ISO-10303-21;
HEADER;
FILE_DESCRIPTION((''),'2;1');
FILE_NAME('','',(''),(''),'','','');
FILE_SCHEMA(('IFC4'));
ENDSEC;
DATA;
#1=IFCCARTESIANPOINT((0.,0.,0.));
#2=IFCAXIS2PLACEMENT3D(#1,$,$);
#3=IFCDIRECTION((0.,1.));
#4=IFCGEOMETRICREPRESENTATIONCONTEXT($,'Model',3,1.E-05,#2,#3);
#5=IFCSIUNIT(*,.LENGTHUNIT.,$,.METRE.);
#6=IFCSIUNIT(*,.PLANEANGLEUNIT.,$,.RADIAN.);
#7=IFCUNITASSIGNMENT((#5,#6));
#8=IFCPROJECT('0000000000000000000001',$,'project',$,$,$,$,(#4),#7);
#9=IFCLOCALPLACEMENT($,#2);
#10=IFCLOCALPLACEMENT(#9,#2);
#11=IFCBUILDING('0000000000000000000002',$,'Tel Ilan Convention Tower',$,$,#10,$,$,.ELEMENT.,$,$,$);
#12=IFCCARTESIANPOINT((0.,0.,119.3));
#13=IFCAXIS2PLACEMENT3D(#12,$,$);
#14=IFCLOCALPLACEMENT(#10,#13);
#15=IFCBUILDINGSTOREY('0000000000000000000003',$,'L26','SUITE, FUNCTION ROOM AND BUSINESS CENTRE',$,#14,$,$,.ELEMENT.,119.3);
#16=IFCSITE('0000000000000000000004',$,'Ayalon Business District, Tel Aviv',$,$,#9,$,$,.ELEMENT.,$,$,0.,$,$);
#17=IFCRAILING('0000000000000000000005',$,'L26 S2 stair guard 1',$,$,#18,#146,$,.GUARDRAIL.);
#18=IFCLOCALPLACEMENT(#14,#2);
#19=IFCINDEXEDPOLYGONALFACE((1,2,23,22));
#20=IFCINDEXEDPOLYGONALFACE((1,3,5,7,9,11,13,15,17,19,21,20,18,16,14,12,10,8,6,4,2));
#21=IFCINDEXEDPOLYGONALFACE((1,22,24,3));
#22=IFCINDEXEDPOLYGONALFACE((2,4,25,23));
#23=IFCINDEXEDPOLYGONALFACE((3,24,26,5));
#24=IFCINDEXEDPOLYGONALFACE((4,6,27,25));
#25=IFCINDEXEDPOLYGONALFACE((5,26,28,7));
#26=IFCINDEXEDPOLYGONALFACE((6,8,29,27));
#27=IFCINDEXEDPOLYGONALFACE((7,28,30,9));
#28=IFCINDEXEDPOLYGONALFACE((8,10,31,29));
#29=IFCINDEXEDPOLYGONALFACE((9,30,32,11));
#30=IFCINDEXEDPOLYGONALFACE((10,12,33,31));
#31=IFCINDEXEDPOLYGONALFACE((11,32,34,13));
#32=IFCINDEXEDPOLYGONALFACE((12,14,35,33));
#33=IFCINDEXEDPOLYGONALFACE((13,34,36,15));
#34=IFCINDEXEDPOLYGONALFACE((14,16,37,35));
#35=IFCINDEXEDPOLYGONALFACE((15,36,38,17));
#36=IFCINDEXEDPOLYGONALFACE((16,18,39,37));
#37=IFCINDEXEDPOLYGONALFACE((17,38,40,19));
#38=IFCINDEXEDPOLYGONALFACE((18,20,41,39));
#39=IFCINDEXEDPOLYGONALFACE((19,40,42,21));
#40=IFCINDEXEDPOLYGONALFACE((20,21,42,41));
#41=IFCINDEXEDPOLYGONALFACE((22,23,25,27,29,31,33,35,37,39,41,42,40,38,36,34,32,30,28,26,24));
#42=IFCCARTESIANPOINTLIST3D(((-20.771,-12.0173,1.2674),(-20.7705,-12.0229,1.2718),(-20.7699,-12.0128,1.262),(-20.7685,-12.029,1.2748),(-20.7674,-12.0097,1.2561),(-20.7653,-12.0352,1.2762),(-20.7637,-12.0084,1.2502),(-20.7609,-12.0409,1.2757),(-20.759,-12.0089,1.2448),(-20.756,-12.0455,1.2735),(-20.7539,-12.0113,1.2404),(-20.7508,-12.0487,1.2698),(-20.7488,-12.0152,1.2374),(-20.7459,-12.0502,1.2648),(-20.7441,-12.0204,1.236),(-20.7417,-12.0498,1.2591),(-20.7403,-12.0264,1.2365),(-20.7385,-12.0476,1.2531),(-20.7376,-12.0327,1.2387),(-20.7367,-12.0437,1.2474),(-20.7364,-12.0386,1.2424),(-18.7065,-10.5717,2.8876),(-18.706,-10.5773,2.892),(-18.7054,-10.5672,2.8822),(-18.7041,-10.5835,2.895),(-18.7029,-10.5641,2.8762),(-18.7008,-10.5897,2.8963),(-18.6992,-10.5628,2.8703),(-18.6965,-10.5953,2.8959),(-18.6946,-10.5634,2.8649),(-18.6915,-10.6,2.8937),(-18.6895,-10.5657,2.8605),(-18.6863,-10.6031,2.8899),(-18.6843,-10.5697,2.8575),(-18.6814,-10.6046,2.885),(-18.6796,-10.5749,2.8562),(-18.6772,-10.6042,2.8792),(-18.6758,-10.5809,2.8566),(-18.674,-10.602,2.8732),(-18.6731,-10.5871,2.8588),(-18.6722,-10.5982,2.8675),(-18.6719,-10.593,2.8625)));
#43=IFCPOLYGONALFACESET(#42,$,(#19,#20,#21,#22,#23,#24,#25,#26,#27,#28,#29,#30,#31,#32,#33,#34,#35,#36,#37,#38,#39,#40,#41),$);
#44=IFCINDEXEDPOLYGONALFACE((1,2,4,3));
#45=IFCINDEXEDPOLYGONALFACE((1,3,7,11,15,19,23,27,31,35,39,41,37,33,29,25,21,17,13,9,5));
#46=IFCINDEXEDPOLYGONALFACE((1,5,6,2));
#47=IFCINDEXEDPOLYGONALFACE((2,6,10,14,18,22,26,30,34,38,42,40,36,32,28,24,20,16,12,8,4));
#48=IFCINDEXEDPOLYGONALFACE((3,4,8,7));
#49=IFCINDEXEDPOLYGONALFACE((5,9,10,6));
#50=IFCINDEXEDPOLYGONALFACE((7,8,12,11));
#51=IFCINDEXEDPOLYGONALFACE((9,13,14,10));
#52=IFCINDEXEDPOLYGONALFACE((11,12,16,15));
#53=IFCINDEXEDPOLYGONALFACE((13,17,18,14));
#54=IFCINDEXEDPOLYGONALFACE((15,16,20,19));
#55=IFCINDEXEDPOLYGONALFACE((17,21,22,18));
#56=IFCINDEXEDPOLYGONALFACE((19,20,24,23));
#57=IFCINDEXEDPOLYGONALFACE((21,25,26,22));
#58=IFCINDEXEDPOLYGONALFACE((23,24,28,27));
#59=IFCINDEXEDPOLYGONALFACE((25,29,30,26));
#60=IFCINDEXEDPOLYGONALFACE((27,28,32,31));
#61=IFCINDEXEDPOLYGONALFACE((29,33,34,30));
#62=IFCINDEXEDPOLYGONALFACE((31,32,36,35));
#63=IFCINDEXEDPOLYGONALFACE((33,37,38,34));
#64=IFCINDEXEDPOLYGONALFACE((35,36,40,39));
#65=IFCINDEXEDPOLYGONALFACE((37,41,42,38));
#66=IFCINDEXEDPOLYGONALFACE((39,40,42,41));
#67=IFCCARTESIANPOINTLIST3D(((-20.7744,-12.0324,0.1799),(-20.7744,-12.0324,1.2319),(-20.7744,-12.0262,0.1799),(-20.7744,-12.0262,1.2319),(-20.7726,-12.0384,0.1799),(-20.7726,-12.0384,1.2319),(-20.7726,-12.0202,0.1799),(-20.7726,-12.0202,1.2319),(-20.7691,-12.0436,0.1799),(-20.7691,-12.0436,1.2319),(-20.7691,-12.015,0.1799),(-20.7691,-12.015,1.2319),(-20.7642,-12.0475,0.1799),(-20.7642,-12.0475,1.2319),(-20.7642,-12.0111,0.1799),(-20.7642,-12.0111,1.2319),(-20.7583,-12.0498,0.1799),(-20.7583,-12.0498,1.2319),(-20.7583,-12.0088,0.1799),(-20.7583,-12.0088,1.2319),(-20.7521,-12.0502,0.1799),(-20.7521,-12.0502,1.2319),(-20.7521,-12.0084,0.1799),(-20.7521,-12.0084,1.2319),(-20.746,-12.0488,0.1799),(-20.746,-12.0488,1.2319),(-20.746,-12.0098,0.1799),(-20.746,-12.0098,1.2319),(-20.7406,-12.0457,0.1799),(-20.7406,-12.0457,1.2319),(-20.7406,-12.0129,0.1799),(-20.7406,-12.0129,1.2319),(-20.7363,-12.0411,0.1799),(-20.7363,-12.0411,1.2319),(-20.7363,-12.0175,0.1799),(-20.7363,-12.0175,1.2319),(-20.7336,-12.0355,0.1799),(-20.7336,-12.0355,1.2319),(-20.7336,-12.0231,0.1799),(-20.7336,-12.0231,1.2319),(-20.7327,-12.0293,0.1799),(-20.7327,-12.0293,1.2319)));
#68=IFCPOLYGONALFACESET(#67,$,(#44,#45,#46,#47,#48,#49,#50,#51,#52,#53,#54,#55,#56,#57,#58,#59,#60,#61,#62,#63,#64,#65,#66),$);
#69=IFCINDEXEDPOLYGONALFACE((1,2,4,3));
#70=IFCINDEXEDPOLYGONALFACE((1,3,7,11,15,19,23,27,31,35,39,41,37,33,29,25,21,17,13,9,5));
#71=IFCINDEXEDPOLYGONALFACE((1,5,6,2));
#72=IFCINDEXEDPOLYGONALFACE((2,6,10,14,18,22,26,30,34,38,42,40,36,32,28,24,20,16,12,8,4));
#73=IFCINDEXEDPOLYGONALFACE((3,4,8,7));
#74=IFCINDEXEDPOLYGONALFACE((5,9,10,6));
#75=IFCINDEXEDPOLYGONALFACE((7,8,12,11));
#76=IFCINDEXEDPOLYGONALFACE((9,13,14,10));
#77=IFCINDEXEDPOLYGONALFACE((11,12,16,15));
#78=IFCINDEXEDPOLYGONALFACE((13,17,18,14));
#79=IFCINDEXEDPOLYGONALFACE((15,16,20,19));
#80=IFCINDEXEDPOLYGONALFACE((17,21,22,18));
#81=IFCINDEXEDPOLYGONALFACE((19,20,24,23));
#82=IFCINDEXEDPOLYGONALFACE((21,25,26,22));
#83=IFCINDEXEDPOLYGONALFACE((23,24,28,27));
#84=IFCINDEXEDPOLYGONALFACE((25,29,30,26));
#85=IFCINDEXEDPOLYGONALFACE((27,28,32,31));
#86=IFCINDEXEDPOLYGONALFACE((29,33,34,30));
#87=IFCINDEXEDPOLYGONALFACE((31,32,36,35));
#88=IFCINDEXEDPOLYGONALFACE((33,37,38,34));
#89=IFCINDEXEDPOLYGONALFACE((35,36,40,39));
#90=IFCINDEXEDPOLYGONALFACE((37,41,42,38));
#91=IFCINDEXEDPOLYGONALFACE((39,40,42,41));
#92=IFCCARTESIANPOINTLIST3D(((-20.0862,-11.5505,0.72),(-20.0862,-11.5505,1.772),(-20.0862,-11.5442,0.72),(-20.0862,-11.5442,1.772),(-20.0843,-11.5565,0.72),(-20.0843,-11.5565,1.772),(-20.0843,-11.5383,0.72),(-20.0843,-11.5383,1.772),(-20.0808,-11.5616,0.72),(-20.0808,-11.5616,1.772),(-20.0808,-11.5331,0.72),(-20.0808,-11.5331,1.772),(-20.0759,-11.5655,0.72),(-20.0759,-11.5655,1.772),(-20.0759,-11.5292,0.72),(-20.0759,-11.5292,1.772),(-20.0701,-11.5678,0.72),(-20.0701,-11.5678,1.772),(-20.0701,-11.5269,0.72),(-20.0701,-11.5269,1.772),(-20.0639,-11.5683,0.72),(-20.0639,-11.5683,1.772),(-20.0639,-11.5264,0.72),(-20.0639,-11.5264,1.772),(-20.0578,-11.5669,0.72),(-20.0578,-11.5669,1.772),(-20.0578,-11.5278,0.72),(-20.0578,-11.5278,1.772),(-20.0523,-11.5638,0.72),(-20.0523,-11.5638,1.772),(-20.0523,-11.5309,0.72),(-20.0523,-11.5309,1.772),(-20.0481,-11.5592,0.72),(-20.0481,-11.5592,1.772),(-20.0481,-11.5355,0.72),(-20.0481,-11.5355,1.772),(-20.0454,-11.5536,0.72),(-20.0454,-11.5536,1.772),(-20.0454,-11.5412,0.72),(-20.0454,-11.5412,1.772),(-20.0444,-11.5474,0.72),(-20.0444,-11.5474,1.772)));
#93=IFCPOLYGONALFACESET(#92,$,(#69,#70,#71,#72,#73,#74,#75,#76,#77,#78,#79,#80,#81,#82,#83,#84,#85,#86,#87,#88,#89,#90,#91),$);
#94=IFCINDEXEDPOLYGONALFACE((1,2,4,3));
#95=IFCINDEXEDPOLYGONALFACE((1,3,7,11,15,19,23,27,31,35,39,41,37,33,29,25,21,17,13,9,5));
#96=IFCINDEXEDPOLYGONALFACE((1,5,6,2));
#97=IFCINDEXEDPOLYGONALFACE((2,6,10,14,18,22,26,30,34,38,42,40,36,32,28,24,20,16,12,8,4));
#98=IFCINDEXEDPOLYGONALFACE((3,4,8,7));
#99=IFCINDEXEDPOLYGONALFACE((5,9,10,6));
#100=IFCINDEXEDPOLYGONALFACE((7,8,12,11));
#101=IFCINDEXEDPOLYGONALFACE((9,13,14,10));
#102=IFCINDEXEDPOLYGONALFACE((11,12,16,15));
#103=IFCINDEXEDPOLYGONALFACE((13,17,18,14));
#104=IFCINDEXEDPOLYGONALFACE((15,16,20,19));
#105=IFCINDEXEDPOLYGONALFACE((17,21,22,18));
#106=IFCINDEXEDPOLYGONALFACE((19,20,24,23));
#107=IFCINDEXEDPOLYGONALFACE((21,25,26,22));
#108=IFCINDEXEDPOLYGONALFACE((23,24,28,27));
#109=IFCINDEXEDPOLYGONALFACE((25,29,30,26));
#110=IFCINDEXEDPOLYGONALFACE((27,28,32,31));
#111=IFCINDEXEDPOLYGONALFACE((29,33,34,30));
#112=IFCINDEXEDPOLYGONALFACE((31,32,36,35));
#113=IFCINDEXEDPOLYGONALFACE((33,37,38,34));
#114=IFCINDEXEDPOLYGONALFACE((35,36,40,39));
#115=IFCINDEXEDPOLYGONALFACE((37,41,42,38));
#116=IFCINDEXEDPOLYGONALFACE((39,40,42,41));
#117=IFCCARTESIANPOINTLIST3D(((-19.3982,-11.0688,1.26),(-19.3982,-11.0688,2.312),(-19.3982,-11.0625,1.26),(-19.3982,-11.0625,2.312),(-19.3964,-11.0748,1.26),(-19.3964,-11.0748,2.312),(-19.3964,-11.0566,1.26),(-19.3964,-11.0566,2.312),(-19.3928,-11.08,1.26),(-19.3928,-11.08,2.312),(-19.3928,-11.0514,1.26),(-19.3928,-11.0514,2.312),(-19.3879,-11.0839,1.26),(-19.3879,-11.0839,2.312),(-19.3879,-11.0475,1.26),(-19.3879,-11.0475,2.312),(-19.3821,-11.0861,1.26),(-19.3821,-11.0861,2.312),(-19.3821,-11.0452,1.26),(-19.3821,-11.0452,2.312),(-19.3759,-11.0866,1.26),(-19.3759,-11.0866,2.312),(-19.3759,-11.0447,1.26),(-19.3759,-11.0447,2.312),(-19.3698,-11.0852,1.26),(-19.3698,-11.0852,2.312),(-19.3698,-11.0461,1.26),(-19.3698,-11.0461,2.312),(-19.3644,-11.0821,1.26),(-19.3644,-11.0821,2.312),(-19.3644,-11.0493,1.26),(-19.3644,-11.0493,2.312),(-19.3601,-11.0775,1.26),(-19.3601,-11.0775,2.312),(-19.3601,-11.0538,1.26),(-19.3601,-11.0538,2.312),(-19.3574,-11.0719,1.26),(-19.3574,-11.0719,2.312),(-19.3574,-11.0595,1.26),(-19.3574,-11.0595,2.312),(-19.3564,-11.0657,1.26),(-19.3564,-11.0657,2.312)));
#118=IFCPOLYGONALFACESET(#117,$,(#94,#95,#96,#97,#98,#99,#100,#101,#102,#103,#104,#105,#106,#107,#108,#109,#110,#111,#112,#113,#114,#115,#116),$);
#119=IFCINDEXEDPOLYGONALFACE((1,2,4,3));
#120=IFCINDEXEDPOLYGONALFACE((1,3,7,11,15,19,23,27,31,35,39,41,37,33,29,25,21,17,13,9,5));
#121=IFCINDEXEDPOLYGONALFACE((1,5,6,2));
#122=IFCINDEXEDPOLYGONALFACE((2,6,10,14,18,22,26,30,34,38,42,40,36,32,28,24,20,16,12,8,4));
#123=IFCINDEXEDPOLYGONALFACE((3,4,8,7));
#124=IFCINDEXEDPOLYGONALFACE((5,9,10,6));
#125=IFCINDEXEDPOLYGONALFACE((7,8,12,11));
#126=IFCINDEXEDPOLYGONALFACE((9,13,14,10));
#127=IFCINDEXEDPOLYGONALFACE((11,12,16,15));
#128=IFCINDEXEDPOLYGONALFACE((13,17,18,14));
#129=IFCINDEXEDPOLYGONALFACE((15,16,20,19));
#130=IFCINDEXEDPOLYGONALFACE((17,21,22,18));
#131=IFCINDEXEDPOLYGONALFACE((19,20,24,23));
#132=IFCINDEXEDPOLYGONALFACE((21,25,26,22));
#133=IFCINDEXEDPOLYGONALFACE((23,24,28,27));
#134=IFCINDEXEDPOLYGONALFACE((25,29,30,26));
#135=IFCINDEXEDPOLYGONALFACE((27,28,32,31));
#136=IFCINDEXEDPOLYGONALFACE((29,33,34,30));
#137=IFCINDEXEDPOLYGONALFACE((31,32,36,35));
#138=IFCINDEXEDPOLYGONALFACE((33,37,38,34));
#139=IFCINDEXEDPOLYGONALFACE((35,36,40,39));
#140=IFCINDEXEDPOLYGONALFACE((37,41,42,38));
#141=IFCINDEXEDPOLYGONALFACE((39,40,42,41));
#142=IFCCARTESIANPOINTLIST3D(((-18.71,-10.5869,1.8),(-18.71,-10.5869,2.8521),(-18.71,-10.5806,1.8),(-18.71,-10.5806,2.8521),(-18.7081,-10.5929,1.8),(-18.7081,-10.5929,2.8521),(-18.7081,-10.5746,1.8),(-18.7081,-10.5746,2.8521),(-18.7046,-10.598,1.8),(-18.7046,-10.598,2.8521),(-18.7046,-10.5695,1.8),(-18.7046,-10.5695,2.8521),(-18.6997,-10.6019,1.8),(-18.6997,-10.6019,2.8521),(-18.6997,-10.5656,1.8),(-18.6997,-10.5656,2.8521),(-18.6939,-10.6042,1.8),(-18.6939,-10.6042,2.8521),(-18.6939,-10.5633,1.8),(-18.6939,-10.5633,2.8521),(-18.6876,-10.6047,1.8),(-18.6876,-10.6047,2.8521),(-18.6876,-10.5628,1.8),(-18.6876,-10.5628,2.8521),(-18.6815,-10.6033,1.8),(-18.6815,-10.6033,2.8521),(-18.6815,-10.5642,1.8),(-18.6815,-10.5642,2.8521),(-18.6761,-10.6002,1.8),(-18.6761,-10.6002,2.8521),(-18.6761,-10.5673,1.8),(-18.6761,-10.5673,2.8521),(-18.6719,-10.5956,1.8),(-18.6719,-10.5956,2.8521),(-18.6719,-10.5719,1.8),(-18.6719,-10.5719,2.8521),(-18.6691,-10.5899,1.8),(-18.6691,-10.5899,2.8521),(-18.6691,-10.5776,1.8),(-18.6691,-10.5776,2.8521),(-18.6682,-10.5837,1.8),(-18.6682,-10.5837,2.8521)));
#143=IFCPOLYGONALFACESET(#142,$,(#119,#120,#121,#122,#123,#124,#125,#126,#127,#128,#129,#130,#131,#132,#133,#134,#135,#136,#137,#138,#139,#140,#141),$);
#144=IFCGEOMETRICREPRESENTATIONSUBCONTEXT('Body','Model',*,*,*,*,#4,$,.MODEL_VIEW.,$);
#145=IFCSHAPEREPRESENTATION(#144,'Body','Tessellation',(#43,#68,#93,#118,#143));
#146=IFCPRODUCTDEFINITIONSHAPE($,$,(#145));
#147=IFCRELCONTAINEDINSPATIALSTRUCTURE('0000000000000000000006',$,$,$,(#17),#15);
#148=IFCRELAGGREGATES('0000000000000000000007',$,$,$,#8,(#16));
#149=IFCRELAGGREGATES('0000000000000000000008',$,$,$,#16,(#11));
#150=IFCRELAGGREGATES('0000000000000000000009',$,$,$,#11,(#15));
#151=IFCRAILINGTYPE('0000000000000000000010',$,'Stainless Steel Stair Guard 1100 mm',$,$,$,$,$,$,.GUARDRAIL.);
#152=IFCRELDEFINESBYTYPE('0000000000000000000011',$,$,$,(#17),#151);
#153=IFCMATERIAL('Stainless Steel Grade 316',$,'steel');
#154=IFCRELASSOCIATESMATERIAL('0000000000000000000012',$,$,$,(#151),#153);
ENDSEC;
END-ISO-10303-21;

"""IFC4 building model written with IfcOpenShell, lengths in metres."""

from ifc_helpers import new_model, si_unit, direction, frame, origin, origin_2d, place, context, subcontext, project, spatial, circle, extrude, material, type_object, element, save


model = new_model("IFC4")

# Units and contexts
model_context = context("Model", 3, precision=1e-05, world=origin(), true_north=direction((0.0, 1.0)))
body_context = subcontext(model_context, "Body", "Model", "MODEL_VIEW")
ifc_project = project(units=[si_unit("LENGTHUNIT", "METRE"), si_unit("PLANEANGLEUNIT", "RADIAN")], contexts=[model_context])

# Site, building, storey
site_placement = place(None, origin())
site = spatial("IfcSite", under=ifc_project, at=site_placement, Name="Ayalon Business District, Tel Aviv", CompositionType="ELEMENT", RefElevation=0.0)
building_placement = place(site_placement, origin())
building = spatial("IfcBuilding", under=site, at=building_placement, Name="Tel Ilan Convention Tower", CompositionType="ELEMENT")
storey_placement = place(building_placement, frame((0.0, 0.0, 119.3)))
storey = spatial("IfcBuildingStorey", under=building, at=storey_placement, Name="L26", Description="SUITE, FUNCTION ROOM AND BUSINESS CENTRE", CompositionType="ELEMENT", Elevation=119.3)

# Railing
ifc_material_1 = material(Name="Stainless Steel Grade 316", Category="steel")
railing_type_1 = type_object("IfcRailingType", Name="Stainless Steel Stair Guard 1100 mm", PredefinedType="GUARDRAIL", material=ifc_material_1)
railing_1_placement = place(storey_placement, frame((-20.7537, -12.0293, 0.1799)))
element("IfcRailing", 1, at=railing_1_placement, inside=storey, type_object=railing_type_1, Name="L26 S2 stair guard 1", PredefinedType="GUARDRAIL", context=body_context, shape_type="SweptSolid", body=[
    extrude(circle(Radius=0.0239, at=origin_2d()), frame((0.0, 0.0, 1.0762), z_axis=(0.689056, 0.482486, 0.540749), x_axis=(-0.573579, 0.81915, 0.0)), (0.0, 0.0, 1.0), 2.9961),
    extrude(circle(Radius=0.021, at=origin_2d()), origin(), (0.0, 0.0, 1.0), 1.052),
    extrude(circle(Radius=0.021, at=origin_2d()), frame((0.6882, 0.4819, 0.54)), (0.0, 0.0, 1.0), 1.052),
    extrude(circle(Radius=0.021, at=origin_2d()), frame((1.3762, 0.9636, 1.0801)), (0.0, 0.0, 1.0), 1.052),
    extrude(circle(Radius=0.021, at=origin_2d()), frame((2.0645, 1.4456, 1.6201)), (0.0, 0.0, 1.0), 1.052),
])

save(model, "model.ifc")
